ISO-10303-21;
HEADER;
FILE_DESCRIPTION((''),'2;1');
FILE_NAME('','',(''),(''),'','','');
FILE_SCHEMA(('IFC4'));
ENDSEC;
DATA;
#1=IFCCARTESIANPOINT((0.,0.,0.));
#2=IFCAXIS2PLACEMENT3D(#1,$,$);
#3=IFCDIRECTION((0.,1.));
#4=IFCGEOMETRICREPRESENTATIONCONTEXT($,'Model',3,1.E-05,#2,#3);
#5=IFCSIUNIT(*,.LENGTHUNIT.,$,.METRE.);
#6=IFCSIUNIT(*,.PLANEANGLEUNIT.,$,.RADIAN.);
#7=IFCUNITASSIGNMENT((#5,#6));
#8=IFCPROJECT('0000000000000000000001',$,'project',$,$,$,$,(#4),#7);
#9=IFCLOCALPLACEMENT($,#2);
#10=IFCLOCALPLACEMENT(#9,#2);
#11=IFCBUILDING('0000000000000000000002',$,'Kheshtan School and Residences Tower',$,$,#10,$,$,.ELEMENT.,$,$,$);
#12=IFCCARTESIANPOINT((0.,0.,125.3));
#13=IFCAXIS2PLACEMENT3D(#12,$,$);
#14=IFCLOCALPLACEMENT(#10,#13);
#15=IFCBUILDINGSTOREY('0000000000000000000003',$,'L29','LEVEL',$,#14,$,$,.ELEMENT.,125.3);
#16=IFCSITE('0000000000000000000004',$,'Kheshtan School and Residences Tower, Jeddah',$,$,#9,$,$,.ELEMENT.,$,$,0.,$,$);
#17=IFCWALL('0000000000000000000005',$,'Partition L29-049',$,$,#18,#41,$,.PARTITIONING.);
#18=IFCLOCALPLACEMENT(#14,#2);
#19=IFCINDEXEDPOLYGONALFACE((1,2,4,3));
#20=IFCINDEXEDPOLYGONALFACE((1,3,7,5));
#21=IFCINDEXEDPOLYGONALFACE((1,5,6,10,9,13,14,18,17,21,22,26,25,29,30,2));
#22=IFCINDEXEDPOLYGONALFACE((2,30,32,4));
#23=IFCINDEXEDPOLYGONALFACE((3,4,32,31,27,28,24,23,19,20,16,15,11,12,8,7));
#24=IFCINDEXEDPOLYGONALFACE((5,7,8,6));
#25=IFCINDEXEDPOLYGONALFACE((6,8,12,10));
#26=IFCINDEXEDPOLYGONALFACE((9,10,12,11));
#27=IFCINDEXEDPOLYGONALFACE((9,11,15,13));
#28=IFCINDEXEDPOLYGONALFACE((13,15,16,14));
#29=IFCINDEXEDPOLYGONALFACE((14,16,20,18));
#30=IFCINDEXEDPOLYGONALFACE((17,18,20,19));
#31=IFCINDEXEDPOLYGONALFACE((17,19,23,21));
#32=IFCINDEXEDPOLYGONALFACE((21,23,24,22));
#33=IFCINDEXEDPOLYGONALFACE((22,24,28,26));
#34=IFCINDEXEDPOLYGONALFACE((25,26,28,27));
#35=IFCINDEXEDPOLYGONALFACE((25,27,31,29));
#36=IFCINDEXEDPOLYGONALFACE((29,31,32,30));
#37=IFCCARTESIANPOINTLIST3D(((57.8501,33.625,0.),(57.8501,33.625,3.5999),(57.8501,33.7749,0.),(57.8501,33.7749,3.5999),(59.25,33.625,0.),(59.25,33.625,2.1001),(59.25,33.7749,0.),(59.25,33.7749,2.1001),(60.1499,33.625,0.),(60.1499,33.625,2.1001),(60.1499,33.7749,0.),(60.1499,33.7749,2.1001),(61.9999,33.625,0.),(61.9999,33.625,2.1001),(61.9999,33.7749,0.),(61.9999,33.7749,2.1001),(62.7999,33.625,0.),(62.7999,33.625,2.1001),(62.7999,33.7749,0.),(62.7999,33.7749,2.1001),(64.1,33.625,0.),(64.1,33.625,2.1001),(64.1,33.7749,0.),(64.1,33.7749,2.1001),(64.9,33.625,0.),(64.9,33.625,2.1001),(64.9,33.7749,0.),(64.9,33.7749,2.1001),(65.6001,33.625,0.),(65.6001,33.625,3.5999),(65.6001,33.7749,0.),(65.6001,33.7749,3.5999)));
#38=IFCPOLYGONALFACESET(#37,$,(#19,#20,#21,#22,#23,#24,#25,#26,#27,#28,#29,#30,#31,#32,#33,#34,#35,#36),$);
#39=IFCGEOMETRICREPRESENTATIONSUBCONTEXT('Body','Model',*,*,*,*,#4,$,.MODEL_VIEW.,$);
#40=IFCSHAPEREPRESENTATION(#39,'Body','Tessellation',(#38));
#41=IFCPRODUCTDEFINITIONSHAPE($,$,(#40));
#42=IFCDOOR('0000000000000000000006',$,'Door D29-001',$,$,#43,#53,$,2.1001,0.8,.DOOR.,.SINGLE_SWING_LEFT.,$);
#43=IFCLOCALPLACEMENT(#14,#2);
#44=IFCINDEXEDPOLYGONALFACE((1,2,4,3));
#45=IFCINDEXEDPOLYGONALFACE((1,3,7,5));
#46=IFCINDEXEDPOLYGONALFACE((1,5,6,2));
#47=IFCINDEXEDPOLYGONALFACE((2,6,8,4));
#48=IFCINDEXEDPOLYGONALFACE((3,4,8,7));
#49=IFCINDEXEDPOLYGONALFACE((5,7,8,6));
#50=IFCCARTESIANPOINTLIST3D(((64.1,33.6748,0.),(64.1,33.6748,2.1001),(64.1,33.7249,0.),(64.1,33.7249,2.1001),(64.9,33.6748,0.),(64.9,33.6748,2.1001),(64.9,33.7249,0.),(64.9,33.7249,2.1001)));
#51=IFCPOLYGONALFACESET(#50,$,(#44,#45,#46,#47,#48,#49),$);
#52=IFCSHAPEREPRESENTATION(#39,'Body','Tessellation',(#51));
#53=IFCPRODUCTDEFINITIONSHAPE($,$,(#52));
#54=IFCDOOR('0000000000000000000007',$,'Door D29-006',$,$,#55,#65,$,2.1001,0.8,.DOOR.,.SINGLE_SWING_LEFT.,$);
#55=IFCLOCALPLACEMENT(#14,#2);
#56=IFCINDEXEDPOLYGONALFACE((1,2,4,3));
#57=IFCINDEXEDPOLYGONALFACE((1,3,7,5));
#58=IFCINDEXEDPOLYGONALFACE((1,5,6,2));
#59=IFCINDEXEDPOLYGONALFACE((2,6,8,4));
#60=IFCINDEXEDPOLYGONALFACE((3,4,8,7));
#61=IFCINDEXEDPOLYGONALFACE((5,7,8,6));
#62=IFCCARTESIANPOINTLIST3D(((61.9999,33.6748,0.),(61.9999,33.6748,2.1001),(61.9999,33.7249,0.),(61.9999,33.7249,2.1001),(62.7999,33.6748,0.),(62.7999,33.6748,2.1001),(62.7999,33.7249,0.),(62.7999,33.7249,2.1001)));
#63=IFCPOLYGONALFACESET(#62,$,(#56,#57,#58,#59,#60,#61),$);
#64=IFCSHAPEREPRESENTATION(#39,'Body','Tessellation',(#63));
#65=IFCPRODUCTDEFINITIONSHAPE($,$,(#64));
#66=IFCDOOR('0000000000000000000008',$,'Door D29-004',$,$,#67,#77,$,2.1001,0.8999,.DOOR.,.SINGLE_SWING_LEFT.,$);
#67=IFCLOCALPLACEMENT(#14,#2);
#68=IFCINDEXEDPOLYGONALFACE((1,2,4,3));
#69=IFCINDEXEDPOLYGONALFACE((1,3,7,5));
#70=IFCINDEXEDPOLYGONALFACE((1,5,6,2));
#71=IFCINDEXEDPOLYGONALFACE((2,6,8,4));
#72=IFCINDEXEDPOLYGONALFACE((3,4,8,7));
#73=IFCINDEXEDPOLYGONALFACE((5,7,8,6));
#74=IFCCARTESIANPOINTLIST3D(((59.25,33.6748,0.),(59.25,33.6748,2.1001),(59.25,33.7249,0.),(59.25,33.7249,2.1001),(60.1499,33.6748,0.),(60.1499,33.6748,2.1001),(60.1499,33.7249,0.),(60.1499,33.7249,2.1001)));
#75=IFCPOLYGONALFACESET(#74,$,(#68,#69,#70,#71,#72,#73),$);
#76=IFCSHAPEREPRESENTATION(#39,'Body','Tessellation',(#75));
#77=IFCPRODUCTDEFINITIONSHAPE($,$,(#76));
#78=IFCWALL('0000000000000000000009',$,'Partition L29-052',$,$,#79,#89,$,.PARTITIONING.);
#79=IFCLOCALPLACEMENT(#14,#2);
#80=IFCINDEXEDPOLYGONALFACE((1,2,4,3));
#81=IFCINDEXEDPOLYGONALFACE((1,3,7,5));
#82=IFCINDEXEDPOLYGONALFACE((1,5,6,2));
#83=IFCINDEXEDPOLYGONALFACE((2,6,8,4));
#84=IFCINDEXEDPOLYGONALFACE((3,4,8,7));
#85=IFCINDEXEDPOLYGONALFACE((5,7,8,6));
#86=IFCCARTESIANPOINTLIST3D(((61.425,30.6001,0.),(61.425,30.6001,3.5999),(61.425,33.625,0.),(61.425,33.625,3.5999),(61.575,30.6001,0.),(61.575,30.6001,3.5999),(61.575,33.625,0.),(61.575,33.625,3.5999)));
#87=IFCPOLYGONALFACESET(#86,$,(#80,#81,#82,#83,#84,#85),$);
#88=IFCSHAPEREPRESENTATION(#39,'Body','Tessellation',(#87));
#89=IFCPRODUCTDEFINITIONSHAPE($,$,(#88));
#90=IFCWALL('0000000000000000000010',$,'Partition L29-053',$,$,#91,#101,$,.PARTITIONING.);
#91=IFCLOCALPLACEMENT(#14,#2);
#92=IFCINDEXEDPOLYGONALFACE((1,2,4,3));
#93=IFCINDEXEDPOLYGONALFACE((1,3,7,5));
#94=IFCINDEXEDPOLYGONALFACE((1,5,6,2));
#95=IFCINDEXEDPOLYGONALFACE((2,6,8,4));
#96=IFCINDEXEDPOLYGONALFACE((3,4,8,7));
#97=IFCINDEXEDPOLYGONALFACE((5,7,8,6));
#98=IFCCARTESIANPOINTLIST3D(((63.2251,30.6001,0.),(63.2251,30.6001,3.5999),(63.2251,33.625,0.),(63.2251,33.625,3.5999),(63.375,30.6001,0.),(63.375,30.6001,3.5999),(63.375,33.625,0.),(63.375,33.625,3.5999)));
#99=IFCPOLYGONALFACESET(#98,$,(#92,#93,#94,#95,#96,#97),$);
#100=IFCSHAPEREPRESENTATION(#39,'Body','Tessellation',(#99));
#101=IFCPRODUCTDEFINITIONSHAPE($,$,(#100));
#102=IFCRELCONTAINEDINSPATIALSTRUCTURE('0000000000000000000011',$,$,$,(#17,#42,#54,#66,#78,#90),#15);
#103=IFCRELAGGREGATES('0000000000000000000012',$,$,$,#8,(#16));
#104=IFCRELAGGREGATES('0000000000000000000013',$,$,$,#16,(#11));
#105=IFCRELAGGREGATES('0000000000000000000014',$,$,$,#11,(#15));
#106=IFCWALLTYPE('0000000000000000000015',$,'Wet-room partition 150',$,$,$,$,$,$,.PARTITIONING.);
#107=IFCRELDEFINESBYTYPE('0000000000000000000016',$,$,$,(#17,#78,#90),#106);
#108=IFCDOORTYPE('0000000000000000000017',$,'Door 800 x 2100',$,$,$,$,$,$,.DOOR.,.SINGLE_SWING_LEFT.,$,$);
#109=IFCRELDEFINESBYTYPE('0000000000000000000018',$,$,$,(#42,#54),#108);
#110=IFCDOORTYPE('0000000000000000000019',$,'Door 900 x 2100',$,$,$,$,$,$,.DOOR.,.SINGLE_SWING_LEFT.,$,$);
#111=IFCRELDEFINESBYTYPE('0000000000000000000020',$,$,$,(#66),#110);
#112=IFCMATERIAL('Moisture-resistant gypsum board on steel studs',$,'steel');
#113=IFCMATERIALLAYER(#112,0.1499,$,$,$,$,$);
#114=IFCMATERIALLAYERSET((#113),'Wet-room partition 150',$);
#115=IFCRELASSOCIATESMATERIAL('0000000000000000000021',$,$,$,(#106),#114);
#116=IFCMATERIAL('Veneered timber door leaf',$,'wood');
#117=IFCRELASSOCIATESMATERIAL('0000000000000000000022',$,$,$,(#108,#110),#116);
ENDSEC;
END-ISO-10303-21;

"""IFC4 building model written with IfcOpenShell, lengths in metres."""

from ifc_helpers import new_model, si_unit, direction, frame, frame_2d, origin, place, context, subcontext, project, spatial, rectangle, extrude, source, transform, mapped, material, layer, layer_set, type_object, element, fill, save


model = new_model("IFC4")

# Units and contexts
model_context = context("Model", 3, precision=1e-05, world=origin(), true_north=direction((0.0, 1.0)))
body_context = subcontext(model_context, "Body", "Model", "MODEL_VIEW")
ifc_project = project(units=[si_unit("LENGTHUNIT", "METRE"), si_unit("PLANEANGLEUNIT", "RADIAN")], contexts=[model_context])

# Site, building, storey
site_placement = place(None, origin())
site = spatial("IfcSite", under=ifc_project, at=site_placement, Name="Kheshtan School and Residences Tower, Jeddah", CompositionType="ELEMENT", RefElevation=0.0)
building_placement = place(site_placement, origin())
building = spatial("IfcBuilding", under=site, at=building_placement, Name="Kheshtan School and Residences Tower", CompositionType="ELEMENT")
storey_placement = place(building_placement, frame((0.0, 0.0, 125.3)))
storey = spatial("IfcBuildingStorey", under=building, at=storey_placement, Name="L29", Description="LEVEL", CompositionType="ELEMENT", Elevation=125.3)

# Wall, openings, doors
ifc_material_1 = material(Name="Moisture-resistant gypsum board on steel studs", Category="steel")
ifc_layer_1 = layer(ifc_material_1, 0.1499)
ifc_layer_set_1 = layer_set([ifc_layer_1], Name="Wet-room partition 150")
wall_type_1 = type_object("IfcWallType", Name="Wet-room partition 150", PredefinedType="PARTITIONING", material=ifc_layer_set_1)
wall_1_placement = place(storey_placement, frame((57.8501, 33.7, 0.0), z_axis=(0.0, 0.0, 1.0), x_axis=(1.0, 0.0, 0.0)))
wall_1 = element("IfcWall", 1, at=wall_1_placement, inside=storey, type_object=wall_type_1, Name="Partition L29-049", PredefinedType="PARTITIONING", context=body_context, shape_type="SweptSolid", body=[
    extrude(rectangle(XDim=7.75, YDim=0.1499, at=frame_2d((3.875, 0.0))), origin(), (0.0, 0.0, 1.0), 3.5999),
])
opening_1_placement = place(wall_1_placement, frame((6.25, 0.0, 0.0)))
opening_1 = element("IfcOpeningElement", 2, at=opening_1_placement, cuts=wall_1, PredefinedType="OPENING", context=body_context, shape_type="SweptSolid", body=[
    extrude(rectangle(XDim=0.8, YDim=2.1001, at=frame_2d((0.3999, 1.05))), frame((0.0, 0.085, 0.0), z_axis=(0.0, -1.0, 0.0), x_axis=(1.0, 0.0, 0.0)), (0.0, 0.0, 1.0), 0.1699),
])
opening_2_placement = place(wall_1_placement, frame((1.3999, 0.0, 0.0)))
opening_2 = element("IfcOpeningElement", 3, at=opening_2_placement, cuts=wall_1, PredefinedType="OPENING", context=body_context, shape_type="SweptSolid", body=[
    extrude(rectangle(XDim=0.8999, YDim=2.1001, at=frame_2d((0.45, 1.05))), frame((0.0, 0.085, 0.0), z_axis=(0.0, -1.0, 0.0), x_axis=(1.0, 0.0, 0.0)), (0.0, 0.0, 1.0), 0.1699),
])
opening_3_placement = place(wall_1_placement, frame((4.1499, 0.0, 0.0)))
opening_3 = element("IfcOpeningElement", 4, at=opening_3_placement, cuts=wall_1, PredefinedType="OPENING", context=body_context, shape_type="SweptSolid", body=[
    extrude(rectangle(XDim=0.8, YDim=2.1001, at=frame_2d((0.3999, 1.05))), frame((0.0, 0.085, 0.0), z_axis=(0.0, -1.0, 0.0), x_axis=(1.0, 0.0, 0.0)), (0.0, 0.0, 1.0), 0.1699),
])
ifc_material_2 = material(Name="Veneered timber door leaf", Category="wood")
door_type_1 = type_object("IfcDoorType", Name="Door 800 x 2100", OperationType="SINGLE_SWING_LEFT", PredefinedType="DOOR", material=ifc_material_2)
shared_shape_1 = source(origin(), body_context, "Body", "SweptSolid", [
    extrude(rectangle(XDim=0.8, YDim=2.1001, at=frame_2d((0.3999, 1.05))), frame((0.0, 0.0249, 0.0), z_axis=(0.0, -1.0, 0.0), x_axis=(1.0, 0.0, 0.0)), (0.0, 0.0, 1.0), 0.05),
])
door_1_placement = place(opening_1_placement, origin())
door_1 = element("IfcDoor", 5, at=door_1_placement, inside=storey, type_object=door_type_1, Name="Door D29-001", OperationType="SINGLE_SWING_LEFT", OverallHeight=2.1001, OverallWidth=0.8, PredefinedType="DOOR", context=body_context, shape_type="MappedRepresentation", body=[
    mapped(shared_shape_1, transform((0.0, 0.0, 0.0), x_axis=(1.0, 0.0, 0.0), y_axis=(0.0, 1.0, 0.0), z_axis=(0.0, 0.0, 1.0), scale=1.0)),
])
fill(opening_1, door_1)
door_2_placement = place(opening_3_placement, origin())
door_2 = element("IfcDoor", 6, at=door_2_placement, inside=storey, type_object=door_type_1, Name="Door D29-006", OperationType="SINGLE_SWING_LEFT", OverallHeight=2.1001, OverallWidth=0.8, PredefinedType="DOOR", context=body_context, shape_type="MappedRepresentation", body=[
    mapped(shared_shape_1, transform((0.0, 0.0, 0.0), x_axis=(1.0, 0.0, 0.0), y_axis=(0.0, 1.0, 0.0), z_axis=(0.0, 0.0, 1.0), scale=1.0)),
])
fill(opening_3, door_2)
door_type_2 = type_object("IfcDoorType", Name="Door 900 x 2100", OperationType="SINGLE_SWING_LEFT", PredefinedType="DOOR", material=ifc_material_2)
shared_shape_2 = source(origin(), body_context, "Body", "SweptSolid", [
    extrude(rectangle(XDim=0.8999, YDim=2.1001, at=frame_2d((0.45, 1.05))), frame((0.0, 0.0249, 0.0), z_axis=(0.0, -1.0, 0.0), x_axis=(1.0, 0.0, 0.0)), (0.0, 0.0, 1.0), 0.05),
])
door_3_placement = place(opening_2_placement, origin())
door_3 = element("IfcDoor", 7, at=door_3_placement, inside=storey, type_object=door_type_2, Name="Door D29-004", OperationType="SINGLE_SWING_LEFT", OverallHeight=2.1001, OverallWidth=0.8999, PredefinedType="DOOR", context=body_context, shape_type="MappedRepresentation", body=[
    mapped(shared_shape_2, transform((0.0, 0.0, 0.0), x_axis=(1.0, 0.0, 0.0), y_axis=(0.0, 1.0, 0.0), z_axis=(0.0, 0.0, 1.0), scale=1.0)),
])
fill(opening_2, door_3)

# Walls
for number, where, z_axis, x_axis, name in (
    (8, (61.5, 30.6001, 0.0), (0.0, 0.0, 1.0), (0.0, 1.0, 0.0), "Partition L29-052"),
    (9, (63.3, 30.6001, 0.0), (0.0, 0.0, 1.0), (0.0, 1.0, 0.0), "Partition L29-053"),
):
    element("IfcWall", number, at=place(storey_placement, frame(where, z_axis=z_axis, x_axis=x_axis)), inside=storey, type_object=wall_type_1, Name=name, PredefinedType="PARTITIONING", context=body_context, shape_type="SweptSolid", body=[
        extrude(rectangle(XDim=3.0249, YDim=0.1499, at=frame_2d((1.5125, 0.0))), origin(), (0.0, 0.0, 1.0), 3.5999),
    ])

save(model, "model.ifc")
